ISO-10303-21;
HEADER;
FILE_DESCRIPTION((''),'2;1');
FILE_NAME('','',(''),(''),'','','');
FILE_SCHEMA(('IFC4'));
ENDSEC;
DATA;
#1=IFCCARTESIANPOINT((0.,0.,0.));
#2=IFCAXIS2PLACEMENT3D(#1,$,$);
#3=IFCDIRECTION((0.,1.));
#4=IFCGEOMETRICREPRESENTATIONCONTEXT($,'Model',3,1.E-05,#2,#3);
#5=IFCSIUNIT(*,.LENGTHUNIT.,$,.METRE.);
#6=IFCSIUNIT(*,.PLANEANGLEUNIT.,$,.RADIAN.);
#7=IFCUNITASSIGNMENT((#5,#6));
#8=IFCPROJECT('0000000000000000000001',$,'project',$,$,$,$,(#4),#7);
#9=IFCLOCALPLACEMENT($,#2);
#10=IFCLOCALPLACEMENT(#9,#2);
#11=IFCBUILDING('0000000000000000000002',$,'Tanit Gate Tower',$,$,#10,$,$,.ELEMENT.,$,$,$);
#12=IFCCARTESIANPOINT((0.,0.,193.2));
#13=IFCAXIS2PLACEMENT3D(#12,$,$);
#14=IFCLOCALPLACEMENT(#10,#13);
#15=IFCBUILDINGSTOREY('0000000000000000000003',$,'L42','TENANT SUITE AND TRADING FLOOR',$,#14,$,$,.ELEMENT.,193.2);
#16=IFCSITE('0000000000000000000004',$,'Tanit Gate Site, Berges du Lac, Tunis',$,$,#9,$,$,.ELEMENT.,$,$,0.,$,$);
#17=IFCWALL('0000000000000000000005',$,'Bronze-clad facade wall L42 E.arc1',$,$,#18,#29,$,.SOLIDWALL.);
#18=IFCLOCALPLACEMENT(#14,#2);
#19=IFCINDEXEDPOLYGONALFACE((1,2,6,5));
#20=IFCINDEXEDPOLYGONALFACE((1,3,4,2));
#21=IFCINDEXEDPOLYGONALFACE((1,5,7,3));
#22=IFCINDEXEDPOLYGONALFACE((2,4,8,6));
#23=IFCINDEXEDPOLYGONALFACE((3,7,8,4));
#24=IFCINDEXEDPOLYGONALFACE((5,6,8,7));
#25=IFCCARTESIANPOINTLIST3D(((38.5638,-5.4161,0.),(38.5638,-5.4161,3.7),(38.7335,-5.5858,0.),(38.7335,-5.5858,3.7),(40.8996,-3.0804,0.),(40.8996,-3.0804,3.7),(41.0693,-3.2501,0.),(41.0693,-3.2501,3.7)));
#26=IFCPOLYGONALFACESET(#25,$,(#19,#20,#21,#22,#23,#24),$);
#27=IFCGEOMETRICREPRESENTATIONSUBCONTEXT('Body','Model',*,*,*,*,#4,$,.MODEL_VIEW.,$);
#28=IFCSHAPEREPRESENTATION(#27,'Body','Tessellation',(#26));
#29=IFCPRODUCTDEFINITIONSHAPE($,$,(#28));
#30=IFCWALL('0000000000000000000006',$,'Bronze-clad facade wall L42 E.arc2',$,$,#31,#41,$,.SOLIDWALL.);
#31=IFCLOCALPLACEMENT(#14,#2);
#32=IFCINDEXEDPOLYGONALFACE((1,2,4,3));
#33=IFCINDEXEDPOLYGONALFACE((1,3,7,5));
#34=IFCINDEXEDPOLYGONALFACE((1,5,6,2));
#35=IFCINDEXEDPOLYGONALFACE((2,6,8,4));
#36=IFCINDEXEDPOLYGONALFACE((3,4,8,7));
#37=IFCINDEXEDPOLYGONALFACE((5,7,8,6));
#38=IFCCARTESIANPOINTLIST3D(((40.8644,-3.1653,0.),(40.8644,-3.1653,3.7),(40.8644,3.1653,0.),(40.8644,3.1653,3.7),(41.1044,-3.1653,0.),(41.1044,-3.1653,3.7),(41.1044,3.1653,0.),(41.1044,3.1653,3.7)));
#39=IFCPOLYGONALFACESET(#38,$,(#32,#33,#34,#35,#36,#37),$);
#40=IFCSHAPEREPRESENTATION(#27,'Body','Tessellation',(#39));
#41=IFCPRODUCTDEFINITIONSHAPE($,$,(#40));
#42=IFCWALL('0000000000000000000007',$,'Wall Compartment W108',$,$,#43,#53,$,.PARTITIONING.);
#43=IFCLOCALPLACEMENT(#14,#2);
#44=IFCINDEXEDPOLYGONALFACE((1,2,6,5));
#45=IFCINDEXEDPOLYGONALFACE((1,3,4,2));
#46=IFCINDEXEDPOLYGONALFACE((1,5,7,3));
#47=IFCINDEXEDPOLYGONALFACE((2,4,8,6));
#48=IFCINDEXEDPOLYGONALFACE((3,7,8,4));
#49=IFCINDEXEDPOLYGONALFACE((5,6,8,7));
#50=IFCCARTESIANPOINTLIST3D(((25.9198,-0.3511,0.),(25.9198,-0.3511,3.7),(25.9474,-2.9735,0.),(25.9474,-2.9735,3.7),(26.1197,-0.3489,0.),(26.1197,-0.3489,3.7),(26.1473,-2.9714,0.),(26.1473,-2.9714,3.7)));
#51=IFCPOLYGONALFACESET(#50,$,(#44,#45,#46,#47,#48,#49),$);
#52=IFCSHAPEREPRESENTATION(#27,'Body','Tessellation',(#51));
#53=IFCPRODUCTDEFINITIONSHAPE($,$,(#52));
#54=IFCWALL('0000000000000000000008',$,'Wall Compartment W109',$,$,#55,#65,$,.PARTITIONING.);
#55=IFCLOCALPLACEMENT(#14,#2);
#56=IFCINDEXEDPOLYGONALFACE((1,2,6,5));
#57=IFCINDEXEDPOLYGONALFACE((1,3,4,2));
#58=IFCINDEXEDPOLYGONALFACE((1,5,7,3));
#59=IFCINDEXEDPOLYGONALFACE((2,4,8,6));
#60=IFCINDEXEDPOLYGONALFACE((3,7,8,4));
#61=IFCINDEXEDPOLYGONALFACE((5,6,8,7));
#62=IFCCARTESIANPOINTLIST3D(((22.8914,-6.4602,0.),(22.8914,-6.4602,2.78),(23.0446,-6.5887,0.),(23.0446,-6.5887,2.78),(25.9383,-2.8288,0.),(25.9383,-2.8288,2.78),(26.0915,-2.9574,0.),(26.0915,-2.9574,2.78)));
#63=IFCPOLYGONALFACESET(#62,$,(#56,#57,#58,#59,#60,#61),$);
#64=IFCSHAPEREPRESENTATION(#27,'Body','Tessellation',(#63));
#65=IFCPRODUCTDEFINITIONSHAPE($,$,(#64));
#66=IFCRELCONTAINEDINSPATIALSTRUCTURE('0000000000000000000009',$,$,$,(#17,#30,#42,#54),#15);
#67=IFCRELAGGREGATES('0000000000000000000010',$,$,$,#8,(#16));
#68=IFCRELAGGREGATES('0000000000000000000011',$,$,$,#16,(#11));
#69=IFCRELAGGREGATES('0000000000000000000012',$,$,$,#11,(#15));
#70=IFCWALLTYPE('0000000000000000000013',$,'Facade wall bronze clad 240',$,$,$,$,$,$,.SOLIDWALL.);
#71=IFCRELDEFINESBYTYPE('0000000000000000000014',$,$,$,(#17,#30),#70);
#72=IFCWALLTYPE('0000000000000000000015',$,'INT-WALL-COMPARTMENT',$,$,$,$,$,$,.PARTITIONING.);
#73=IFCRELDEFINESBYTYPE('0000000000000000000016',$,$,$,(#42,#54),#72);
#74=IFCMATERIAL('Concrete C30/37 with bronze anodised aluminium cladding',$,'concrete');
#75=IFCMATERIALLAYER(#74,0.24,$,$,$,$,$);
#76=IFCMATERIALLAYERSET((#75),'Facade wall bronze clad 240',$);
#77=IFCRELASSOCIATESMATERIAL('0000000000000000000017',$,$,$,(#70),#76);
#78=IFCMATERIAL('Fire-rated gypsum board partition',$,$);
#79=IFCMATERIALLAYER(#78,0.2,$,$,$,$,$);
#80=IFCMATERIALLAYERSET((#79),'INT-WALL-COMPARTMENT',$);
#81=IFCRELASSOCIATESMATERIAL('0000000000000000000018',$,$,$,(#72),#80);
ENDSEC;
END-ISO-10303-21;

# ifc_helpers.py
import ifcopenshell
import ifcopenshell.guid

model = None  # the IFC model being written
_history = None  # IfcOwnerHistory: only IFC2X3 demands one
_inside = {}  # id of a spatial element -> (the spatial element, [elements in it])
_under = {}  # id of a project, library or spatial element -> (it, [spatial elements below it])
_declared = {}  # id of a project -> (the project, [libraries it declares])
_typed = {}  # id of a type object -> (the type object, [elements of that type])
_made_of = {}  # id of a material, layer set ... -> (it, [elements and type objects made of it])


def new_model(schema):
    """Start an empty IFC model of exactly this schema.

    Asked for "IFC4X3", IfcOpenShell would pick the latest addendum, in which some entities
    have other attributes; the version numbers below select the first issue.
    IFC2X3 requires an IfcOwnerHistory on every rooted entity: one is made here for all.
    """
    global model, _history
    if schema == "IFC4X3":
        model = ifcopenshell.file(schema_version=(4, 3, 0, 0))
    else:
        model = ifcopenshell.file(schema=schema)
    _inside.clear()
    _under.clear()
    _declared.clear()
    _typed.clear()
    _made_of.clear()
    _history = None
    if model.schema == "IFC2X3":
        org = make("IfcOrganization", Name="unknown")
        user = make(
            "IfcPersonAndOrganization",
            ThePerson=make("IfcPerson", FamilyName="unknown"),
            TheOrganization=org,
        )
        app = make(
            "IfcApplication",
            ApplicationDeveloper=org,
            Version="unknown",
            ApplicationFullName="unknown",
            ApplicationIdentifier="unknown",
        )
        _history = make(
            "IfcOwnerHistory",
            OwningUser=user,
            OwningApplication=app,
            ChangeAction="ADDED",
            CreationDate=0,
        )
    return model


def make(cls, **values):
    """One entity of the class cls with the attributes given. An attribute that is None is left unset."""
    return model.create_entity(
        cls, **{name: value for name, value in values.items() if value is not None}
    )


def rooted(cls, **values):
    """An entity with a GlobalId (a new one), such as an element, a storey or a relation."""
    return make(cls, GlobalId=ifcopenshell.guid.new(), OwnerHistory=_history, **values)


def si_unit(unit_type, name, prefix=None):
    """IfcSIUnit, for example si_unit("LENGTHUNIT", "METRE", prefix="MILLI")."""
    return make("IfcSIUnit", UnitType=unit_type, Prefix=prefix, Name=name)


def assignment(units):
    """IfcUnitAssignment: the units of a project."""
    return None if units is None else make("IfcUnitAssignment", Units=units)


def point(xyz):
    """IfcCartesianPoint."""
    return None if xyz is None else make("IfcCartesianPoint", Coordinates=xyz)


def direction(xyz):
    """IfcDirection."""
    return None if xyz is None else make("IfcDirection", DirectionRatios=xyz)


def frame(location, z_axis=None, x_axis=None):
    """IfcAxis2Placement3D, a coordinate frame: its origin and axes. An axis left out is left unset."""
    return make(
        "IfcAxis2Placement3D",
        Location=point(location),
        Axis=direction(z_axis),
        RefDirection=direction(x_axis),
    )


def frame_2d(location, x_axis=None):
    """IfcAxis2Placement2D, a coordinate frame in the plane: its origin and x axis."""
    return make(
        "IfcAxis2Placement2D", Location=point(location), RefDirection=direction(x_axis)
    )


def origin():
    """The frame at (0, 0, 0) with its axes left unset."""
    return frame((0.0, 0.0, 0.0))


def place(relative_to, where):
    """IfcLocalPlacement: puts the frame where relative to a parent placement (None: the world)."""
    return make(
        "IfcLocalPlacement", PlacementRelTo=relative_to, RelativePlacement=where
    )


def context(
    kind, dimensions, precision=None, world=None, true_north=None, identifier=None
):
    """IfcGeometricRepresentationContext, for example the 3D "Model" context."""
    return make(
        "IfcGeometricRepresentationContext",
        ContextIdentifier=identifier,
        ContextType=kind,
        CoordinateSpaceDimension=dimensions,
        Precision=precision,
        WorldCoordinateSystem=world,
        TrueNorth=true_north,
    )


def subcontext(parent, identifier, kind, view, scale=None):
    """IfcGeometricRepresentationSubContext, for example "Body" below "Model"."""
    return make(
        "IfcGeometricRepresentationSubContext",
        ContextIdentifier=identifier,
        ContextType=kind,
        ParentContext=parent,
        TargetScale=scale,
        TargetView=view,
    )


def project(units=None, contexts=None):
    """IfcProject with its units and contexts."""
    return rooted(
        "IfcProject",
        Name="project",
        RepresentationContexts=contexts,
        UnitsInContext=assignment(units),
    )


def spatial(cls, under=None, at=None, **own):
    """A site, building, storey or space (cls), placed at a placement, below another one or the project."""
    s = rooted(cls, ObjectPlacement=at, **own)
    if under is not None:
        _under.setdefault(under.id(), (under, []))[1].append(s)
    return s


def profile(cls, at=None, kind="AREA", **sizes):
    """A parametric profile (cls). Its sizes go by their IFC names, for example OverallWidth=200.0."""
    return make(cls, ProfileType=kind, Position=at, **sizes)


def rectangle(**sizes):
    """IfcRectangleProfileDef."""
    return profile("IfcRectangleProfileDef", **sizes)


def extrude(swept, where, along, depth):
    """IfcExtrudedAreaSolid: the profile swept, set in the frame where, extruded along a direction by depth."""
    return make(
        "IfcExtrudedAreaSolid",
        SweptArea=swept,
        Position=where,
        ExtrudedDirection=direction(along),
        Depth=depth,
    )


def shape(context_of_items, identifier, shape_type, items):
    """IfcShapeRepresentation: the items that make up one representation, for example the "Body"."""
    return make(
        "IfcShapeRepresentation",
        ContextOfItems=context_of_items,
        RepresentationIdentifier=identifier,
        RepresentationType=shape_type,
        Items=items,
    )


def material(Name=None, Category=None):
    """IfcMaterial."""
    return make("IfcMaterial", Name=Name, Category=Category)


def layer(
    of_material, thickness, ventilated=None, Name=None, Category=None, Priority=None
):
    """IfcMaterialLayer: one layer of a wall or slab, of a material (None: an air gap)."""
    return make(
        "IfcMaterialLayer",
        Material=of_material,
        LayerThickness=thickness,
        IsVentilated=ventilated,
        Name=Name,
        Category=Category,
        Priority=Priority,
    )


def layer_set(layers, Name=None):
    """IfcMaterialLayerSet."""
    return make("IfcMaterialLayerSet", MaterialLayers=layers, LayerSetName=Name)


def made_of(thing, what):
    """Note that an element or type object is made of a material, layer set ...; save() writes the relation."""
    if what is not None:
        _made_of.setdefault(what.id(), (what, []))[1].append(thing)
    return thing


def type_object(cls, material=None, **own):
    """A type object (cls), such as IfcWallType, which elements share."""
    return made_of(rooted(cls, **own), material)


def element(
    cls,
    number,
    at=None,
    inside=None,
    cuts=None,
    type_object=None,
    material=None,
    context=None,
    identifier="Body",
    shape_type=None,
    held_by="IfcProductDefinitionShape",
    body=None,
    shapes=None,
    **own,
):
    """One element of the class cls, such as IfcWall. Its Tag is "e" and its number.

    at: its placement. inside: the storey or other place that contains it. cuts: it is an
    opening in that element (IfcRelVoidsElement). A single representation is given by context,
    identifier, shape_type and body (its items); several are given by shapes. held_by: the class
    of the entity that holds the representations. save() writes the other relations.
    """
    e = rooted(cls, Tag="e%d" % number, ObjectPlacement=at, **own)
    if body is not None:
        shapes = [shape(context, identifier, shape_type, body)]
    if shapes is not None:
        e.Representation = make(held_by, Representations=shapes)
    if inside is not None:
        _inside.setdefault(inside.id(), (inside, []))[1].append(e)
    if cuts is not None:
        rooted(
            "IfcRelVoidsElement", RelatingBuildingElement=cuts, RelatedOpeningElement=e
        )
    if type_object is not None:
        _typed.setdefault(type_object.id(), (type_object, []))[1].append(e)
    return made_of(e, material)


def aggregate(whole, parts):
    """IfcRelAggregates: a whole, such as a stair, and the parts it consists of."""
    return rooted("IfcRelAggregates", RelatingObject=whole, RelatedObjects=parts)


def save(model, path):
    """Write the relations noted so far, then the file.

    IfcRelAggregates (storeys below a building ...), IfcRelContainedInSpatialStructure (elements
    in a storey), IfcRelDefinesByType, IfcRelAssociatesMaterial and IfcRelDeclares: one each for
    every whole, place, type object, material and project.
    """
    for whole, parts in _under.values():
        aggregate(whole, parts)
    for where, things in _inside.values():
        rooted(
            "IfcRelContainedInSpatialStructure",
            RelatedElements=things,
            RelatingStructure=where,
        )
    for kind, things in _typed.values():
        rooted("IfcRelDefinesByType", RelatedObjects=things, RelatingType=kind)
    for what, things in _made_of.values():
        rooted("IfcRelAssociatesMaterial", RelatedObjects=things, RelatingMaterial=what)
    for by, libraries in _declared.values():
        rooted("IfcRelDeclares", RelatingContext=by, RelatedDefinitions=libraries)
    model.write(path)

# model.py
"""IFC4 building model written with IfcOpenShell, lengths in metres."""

from ifc_helpers import new_model, si_unit, direction, frame, frame_2d, origin, place, context, subcontext, project, spatial, rectangle, extrude, material, layer, layer_set, type_object, element, save


model = new_model("IFC4")

# Units and contexts
model_context = context("Model", 3, precision=1e-05, world=origin(), true_north=direction((0.0, 1.0)))
body_context = subcontext(model_context, "Body", "Model", "MODEL_VIEW")
ifc_project = project(units=[si_unit("LENGTHUNIT", "METRE"), si_unit("PLANEANGLEUNIT", "RADIAN")], contexts=[model_context])

# Site, building, storey
site_placement = place(None, origin())
site = spatial("IfcSite", under=ifc_project, at=site_placement, Name="Tanit Gate Site, Berges du Lac, Tunis", CompositionType="ELEMENT", RefElevation=0.0)
building_placement = place(site_placement, origin())
building = spatial("IfcBuilding", under=site, at=building_placement, Name="Tanit Gate Tower", CompositionType="ELEMENT")
storey_placement = place(building_placement, frame((0.0, 0.0, 193.2)))
storey = spatial("IfcBuildingStorey", under=building, at=storey_placement, Name="L42", Description="TENANT SUITE AND TRADING FLOOR", CompositionType="ELEMENT", Elevation=193.2)

# Walls
ifc_material_1 = material(Name="Concrete C30/37 with bronze anodised aluminium cladding", Category="concrete")
ifc_layer_1 = layer(ifc_material_1, 0.24)
ifc_layer_set_1 = layer_set([ifc_layer_1], Name="Facade wall bronze clad 240")
wall_type_1 = type_object("IfcWallType", Name="Facade wall bronze clad 240", PredefinedType="SOLIDWALL", material=ifc_layer_set_1)
wall_1_placement = place(storey_placement, frame((38.6487, -5.501, 0.0), z_axis=(0.0, 0.0, 1.0), x_axis=(0.707107, 0.707107, 0.0)))
element("IfcWall", 1, at=wall_1_placement, inside=storey, type_object=wall_type_1, Name="Bronze-clad facade wall L42 E.arc1", PredefinedType="SOLIDWALL", context=body_context, shape_type="SweptSolid", body=[
    extrude(rectangle(XDim=3.3032, YDim=0.24, at=frame_2d((1.6516, 0.0))), origin(), (0.0, 0.0, 1.0), 3.7),
])
wall_2_placement = place(storey_placement, frame((40.9844, -3.1653, 0.0), z_axis=(0.0, 0.0, 1.0), x_axis=(0.0, 1.0, 0.0)))
element("IfcWall", 2, at=wall_2_placement, inside=storey, type_object=wall_type_1, Name="Bronze-clad facade wall L42 E.arc2", PredefinedType="SOLIDWALL", context=body_context, shape_type="SweptSolid", body=[
    extrude(rectangle(XDim=6.3306, YDim=0.24, at=frame_2d((3.1653, 0.0))), origin(), (0.0, 0.0, 1.0), 3.7),
])
ifc_material_2 = material(Name="Fire-rated gypsum board partition")
ifc_layer_2 = layer(ifc_material_2, 0.2)
ifc_layer_set_2 = layer_set([ifc_layer_2], Name="INT-WALL-COMPARTMENT")
wall_type_2 = type_object("IfcWallType", Name="INT-WALL-COMPARTMENT", PredefinedType="PARTITIONING", material=ifc_layer_set_2)
wall_3_placement = place(storey_placement, frame((26.0474, -2.9724, 0.0), z_axis=(0.0, 0.0, 1.0), x_axis=(-0.01052, 0.999945, 0.0)))
element("IfcWall", 3, at=wall_3_placement, inside=storey, type_object=wall_type_2, Name="Wall Compartment W108", PredefinedType="PARTITIONING", context=body_context, shape_type="SweptSolid", body=[
    extrude(rectangle(XDim=2.6226, YDim=0.2, at=frame_2d((1.3113, 0.0))), origin(), (0.0, 0.0, 1.0), 3.7),
])
wall_4_placement = place(storey_placement, frame((22.968, -6.5244, 0.0), z_axis=(0.0, 0.0, 1.0), x_axis=(0.642764, 0.766064, 0.0)))
element("IfcWall", 4, at=wall_4_placement, inside=storey, type_object=wall_type_2, Name="Wall Compartment W109", PredefinedType="PARTITIONING", context=body_context, shape_type="SweptSolid", body=[
    extrude(rectangle(XDim=4.7402, YDim=0.2, at=frame_2d((2.3701, 0.0))), origin(), (0.0, 0.0, 1.0), 2.78),
])

save(model, "model.ifc")
